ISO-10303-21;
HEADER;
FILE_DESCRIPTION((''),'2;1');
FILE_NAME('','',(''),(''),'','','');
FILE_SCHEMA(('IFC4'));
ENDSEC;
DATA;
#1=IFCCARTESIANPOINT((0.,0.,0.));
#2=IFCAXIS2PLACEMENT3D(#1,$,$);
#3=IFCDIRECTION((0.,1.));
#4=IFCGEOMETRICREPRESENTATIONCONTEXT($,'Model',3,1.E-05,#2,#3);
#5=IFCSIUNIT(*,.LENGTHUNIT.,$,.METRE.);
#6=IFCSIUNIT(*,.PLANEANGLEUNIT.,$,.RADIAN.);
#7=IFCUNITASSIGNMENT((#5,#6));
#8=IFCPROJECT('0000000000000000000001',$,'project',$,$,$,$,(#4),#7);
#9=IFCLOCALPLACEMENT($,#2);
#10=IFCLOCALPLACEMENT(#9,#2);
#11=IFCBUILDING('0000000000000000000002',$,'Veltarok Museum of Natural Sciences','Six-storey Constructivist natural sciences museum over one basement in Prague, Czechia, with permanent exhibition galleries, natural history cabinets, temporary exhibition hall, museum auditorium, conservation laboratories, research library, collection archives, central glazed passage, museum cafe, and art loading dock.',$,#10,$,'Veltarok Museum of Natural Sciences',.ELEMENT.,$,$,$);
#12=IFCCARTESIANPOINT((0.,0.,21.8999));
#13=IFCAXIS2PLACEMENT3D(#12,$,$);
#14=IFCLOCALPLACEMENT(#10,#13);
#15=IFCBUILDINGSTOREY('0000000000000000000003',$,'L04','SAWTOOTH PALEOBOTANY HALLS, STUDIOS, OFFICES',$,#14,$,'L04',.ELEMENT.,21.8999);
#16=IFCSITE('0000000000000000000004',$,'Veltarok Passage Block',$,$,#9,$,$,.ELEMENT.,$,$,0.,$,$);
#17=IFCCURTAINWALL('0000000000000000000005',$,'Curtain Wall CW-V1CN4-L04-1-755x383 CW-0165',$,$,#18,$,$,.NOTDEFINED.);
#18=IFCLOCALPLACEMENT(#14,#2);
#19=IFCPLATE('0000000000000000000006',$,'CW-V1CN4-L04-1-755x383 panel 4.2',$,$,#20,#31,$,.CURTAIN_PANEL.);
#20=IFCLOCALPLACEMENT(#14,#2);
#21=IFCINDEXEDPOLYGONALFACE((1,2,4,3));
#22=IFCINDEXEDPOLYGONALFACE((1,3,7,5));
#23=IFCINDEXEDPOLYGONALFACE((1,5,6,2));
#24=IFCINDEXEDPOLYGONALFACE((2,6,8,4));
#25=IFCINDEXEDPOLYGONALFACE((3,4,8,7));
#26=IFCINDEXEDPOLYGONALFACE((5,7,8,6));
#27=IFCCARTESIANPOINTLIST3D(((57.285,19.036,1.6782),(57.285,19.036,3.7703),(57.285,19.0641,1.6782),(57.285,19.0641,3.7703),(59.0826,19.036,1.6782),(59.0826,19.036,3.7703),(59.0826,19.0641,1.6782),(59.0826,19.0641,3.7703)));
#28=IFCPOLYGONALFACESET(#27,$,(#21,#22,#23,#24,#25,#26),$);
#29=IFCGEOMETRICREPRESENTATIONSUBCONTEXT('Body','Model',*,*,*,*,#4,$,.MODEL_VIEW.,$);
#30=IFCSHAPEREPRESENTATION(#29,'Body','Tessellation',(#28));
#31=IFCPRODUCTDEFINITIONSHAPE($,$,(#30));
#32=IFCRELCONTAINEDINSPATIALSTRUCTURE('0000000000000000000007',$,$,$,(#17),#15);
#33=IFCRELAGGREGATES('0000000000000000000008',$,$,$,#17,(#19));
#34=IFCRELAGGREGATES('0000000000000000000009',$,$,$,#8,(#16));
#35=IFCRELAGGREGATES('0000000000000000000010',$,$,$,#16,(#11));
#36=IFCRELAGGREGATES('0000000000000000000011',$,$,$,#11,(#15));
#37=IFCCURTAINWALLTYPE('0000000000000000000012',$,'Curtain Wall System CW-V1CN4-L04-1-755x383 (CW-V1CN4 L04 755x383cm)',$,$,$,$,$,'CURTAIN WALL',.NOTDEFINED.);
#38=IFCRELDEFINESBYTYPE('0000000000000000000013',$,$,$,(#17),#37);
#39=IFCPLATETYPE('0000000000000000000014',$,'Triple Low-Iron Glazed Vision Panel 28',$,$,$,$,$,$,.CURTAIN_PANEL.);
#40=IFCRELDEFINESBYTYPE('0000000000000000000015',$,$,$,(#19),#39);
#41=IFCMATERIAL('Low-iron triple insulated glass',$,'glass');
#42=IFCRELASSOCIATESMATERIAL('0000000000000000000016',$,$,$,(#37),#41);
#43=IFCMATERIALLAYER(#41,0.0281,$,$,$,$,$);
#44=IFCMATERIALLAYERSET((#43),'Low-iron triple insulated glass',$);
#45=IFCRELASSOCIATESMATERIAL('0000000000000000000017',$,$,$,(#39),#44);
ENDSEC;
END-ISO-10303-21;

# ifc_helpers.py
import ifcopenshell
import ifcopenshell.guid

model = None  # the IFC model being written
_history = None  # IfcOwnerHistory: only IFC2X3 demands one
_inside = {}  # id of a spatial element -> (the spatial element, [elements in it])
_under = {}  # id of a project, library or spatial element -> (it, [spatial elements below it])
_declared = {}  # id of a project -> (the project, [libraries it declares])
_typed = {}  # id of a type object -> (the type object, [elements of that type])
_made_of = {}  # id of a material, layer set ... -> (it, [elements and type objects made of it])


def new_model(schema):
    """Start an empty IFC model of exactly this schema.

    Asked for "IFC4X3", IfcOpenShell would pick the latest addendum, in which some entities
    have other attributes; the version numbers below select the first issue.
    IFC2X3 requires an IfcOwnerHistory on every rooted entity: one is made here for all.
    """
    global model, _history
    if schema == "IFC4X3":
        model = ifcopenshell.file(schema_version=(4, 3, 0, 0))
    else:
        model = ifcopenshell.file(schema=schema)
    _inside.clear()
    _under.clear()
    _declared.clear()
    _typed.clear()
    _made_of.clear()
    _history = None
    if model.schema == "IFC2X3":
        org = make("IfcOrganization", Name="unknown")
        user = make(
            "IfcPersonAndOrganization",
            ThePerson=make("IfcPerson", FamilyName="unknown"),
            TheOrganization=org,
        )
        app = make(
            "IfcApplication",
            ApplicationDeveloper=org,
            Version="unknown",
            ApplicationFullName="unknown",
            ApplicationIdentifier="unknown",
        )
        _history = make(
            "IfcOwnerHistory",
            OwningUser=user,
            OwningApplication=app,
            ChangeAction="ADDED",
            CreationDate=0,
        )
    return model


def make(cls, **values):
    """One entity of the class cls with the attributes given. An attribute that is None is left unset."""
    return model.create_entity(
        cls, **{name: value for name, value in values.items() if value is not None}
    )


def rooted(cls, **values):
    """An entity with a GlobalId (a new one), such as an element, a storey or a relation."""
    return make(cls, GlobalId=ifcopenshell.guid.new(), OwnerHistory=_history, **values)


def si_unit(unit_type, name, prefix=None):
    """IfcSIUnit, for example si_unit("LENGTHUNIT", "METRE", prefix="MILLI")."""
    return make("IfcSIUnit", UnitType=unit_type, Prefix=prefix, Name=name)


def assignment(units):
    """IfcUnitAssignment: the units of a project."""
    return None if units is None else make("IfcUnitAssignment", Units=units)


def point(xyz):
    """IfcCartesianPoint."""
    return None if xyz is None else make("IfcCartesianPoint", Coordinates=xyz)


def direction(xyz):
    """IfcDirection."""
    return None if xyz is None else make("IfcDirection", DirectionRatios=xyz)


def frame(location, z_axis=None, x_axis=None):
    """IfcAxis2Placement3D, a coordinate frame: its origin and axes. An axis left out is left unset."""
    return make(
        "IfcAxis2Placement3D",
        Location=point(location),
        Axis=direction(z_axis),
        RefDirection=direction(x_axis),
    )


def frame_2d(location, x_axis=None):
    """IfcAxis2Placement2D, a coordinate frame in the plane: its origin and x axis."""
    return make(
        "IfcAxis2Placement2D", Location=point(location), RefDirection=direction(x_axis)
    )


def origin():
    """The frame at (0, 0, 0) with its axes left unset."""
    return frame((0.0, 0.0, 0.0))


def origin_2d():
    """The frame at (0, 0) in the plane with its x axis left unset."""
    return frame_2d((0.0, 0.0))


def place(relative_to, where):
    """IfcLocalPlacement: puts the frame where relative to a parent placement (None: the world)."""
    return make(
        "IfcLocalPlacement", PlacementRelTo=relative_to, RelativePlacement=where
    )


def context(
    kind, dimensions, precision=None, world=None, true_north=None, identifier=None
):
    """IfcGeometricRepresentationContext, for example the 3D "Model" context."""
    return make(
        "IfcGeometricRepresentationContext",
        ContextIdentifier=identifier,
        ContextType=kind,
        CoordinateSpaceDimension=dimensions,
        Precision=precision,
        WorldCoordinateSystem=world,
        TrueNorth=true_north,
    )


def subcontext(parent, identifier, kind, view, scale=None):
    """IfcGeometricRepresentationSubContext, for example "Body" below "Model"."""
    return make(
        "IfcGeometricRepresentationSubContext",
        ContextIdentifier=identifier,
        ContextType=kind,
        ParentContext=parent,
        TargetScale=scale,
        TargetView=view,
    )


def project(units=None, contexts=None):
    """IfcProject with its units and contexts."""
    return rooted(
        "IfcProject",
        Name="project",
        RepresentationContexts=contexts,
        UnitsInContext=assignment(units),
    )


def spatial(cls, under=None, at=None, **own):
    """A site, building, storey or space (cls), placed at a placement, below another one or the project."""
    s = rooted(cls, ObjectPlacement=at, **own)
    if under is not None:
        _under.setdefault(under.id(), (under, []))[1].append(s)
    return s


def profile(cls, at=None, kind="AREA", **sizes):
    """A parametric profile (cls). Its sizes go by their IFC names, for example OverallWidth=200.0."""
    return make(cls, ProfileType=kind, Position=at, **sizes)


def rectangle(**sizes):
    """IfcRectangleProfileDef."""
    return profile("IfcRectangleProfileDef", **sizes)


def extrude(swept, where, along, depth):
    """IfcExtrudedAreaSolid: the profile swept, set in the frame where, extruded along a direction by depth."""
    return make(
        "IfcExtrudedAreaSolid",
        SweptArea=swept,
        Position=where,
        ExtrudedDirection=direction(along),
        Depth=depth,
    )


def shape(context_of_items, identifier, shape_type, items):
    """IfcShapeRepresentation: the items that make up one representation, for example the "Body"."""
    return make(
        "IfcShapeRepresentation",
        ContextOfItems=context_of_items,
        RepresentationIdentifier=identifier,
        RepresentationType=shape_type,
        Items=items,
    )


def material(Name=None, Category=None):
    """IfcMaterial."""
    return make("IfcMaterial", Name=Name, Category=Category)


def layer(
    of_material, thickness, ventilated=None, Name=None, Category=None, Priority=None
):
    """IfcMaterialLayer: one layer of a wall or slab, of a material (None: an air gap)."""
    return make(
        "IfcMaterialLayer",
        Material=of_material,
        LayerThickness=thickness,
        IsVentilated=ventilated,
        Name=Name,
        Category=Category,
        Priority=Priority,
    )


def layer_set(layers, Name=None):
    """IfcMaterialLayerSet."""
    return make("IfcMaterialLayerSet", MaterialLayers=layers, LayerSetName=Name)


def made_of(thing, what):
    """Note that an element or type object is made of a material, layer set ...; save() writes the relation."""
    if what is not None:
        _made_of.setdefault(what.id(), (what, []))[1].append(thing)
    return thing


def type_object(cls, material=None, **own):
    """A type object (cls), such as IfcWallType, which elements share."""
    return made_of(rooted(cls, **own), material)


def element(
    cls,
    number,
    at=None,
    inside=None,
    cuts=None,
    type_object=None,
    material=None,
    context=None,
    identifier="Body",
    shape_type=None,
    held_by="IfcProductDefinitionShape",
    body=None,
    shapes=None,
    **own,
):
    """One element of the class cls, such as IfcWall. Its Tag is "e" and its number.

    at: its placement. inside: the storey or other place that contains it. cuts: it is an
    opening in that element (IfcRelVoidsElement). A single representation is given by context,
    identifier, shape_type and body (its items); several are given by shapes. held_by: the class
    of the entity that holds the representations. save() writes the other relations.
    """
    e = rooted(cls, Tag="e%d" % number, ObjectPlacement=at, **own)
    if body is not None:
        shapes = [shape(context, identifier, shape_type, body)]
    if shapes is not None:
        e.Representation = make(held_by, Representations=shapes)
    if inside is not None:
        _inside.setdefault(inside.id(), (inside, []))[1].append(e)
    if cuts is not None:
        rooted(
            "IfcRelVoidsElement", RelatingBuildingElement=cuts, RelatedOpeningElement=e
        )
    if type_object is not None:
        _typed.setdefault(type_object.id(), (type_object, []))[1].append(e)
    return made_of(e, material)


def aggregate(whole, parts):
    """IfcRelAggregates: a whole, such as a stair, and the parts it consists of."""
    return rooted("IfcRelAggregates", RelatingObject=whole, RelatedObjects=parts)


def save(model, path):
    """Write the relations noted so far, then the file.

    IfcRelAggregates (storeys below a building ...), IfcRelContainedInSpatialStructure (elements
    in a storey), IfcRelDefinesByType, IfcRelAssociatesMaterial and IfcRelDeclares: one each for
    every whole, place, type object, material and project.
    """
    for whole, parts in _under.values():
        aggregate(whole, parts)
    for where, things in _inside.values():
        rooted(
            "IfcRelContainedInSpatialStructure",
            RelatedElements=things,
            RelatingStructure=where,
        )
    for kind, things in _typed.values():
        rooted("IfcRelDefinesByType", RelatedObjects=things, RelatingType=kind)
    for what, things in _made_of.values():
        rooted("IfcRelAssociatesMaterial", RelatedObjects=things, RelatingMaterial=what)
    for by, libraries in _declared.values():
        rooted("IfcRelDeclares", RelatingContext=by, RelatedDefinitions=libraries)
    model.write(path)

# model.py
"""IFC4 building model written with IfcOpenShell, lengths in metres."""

from ifc_helpers import new_model, si_unit, direction, frame, origin, origin_2d, place, context, subcontext, project, spatial, rectangle, extrude, material, layer, layer_set, type_object, element, aggregate, save


model = new_model("IFC4")

# Units and contexts
model_context = context("Model", 3, precision=1e-05, world=origin(), true_north=direction((0.0, 1.0)))
body_context = subcontext(model_context, "Body", "Model", "MODEL_VIEW")
ifc_project = project(units=[si_unit("LENGTHUNIT", "METRE"), si_unit("PLANEANGLEUNIT", "RADIAN")], contexts=[model_context])

# Site, building, storey
site_placement = place(None, origin())
site = spatial("IfcSite", under=ifc_project, at=site_placement, Name="Veltarok Passage Block", CompositionType="ELEMENT", RefElevation=0.0)
building_placement = place(site_placement, origin())
building = spatial("IfcBuilding", under=site, at=building_placement, Name="Veltarok Museum of Natural Sciences", Description="Six-storey Constructivist natural sciences museum over one basement in Prague, Czechia, with permanent exhibition galleries, natural history cabinets, temporary exhibition hall, museum auditorium, conservation laboratories, research library, collection archives, central glazed passage, museum cafe, and art loading dock.", LongName="Veltarok Museum of Natural Sciences", CompositionType="ELEMENT")
storey_placement = place(building_placement, frame((0.0, 0.0, 21.8999)))
storey = spatial("IfcBuildingStorey", under=building, at=storey_placement, Name="L04", Description="SAWTOOTH PALEOBOTANY HALLS, STUDIOS, OFFICES", LongName="L04", CompositionType="ELEMENT", Elevation=21.8999)

# Curtain wall
ifc_material_1 = material(Name="Low-iron triple insulated glass", Category="glass")
curtain_wall_type = type_object("IfcCurtainWallType", Name="Curtain Wall System CW-V1CN4-L04-1-755x383 (CW-V1CN4 L04 755x383cm)", ElementType="CURTAIN WALL", PredefinedType="NOTDEFINED", material=ifc_material_1)
curtain_wall_placement = place(storey_placement, origin())
curtain_wall = element("IfcCurtainWall", 1, at=curtain_wall_placement, inside=storey, type_object=curtain_wall_type, Name="Curtain Wall CW-V1CN4-L04-1-755x383 CW-0165", PredefinedType="NOTDEFINED")

# Plate
ifc_layer = layer(ifc_material_1, 0.0281)
ifc_layer_set = layer_set([ifc_layer], Name="Low-iron triple insulated glass")
plate_type = type_object("IfcPlateType", Name="Triple Low-Iron Glazed Vision Panel 28", PredefinedType="CURTAIN_PANEL", material=ifc_layer_set)
plate_1_placement = place(storey_placement, frame((58.1838, 19.05, 1.6782), z_axis=(0.0, 0.0, 1.0), x_axis=(-1.0, 0.0, 0.0)))
plate_1 = element("IfcPlate", 2, at=plate_1_placement, type_object=plate_type, Name="CW-V1CN4-L04-1-755x383 panel 4.2", PredefinedType="CURTAIN_PANEL", context=body_context, shape_type="SweptSolid", body=[
    extrude(rectangle(XDim=1.7976, YDim=0.0281, at=origin_2d()), origin(), (0.0, 0.0, 1.0), 2.092),
])
aggregate(curtain_wall, [plate_1])

save(model, "model.ifc")
